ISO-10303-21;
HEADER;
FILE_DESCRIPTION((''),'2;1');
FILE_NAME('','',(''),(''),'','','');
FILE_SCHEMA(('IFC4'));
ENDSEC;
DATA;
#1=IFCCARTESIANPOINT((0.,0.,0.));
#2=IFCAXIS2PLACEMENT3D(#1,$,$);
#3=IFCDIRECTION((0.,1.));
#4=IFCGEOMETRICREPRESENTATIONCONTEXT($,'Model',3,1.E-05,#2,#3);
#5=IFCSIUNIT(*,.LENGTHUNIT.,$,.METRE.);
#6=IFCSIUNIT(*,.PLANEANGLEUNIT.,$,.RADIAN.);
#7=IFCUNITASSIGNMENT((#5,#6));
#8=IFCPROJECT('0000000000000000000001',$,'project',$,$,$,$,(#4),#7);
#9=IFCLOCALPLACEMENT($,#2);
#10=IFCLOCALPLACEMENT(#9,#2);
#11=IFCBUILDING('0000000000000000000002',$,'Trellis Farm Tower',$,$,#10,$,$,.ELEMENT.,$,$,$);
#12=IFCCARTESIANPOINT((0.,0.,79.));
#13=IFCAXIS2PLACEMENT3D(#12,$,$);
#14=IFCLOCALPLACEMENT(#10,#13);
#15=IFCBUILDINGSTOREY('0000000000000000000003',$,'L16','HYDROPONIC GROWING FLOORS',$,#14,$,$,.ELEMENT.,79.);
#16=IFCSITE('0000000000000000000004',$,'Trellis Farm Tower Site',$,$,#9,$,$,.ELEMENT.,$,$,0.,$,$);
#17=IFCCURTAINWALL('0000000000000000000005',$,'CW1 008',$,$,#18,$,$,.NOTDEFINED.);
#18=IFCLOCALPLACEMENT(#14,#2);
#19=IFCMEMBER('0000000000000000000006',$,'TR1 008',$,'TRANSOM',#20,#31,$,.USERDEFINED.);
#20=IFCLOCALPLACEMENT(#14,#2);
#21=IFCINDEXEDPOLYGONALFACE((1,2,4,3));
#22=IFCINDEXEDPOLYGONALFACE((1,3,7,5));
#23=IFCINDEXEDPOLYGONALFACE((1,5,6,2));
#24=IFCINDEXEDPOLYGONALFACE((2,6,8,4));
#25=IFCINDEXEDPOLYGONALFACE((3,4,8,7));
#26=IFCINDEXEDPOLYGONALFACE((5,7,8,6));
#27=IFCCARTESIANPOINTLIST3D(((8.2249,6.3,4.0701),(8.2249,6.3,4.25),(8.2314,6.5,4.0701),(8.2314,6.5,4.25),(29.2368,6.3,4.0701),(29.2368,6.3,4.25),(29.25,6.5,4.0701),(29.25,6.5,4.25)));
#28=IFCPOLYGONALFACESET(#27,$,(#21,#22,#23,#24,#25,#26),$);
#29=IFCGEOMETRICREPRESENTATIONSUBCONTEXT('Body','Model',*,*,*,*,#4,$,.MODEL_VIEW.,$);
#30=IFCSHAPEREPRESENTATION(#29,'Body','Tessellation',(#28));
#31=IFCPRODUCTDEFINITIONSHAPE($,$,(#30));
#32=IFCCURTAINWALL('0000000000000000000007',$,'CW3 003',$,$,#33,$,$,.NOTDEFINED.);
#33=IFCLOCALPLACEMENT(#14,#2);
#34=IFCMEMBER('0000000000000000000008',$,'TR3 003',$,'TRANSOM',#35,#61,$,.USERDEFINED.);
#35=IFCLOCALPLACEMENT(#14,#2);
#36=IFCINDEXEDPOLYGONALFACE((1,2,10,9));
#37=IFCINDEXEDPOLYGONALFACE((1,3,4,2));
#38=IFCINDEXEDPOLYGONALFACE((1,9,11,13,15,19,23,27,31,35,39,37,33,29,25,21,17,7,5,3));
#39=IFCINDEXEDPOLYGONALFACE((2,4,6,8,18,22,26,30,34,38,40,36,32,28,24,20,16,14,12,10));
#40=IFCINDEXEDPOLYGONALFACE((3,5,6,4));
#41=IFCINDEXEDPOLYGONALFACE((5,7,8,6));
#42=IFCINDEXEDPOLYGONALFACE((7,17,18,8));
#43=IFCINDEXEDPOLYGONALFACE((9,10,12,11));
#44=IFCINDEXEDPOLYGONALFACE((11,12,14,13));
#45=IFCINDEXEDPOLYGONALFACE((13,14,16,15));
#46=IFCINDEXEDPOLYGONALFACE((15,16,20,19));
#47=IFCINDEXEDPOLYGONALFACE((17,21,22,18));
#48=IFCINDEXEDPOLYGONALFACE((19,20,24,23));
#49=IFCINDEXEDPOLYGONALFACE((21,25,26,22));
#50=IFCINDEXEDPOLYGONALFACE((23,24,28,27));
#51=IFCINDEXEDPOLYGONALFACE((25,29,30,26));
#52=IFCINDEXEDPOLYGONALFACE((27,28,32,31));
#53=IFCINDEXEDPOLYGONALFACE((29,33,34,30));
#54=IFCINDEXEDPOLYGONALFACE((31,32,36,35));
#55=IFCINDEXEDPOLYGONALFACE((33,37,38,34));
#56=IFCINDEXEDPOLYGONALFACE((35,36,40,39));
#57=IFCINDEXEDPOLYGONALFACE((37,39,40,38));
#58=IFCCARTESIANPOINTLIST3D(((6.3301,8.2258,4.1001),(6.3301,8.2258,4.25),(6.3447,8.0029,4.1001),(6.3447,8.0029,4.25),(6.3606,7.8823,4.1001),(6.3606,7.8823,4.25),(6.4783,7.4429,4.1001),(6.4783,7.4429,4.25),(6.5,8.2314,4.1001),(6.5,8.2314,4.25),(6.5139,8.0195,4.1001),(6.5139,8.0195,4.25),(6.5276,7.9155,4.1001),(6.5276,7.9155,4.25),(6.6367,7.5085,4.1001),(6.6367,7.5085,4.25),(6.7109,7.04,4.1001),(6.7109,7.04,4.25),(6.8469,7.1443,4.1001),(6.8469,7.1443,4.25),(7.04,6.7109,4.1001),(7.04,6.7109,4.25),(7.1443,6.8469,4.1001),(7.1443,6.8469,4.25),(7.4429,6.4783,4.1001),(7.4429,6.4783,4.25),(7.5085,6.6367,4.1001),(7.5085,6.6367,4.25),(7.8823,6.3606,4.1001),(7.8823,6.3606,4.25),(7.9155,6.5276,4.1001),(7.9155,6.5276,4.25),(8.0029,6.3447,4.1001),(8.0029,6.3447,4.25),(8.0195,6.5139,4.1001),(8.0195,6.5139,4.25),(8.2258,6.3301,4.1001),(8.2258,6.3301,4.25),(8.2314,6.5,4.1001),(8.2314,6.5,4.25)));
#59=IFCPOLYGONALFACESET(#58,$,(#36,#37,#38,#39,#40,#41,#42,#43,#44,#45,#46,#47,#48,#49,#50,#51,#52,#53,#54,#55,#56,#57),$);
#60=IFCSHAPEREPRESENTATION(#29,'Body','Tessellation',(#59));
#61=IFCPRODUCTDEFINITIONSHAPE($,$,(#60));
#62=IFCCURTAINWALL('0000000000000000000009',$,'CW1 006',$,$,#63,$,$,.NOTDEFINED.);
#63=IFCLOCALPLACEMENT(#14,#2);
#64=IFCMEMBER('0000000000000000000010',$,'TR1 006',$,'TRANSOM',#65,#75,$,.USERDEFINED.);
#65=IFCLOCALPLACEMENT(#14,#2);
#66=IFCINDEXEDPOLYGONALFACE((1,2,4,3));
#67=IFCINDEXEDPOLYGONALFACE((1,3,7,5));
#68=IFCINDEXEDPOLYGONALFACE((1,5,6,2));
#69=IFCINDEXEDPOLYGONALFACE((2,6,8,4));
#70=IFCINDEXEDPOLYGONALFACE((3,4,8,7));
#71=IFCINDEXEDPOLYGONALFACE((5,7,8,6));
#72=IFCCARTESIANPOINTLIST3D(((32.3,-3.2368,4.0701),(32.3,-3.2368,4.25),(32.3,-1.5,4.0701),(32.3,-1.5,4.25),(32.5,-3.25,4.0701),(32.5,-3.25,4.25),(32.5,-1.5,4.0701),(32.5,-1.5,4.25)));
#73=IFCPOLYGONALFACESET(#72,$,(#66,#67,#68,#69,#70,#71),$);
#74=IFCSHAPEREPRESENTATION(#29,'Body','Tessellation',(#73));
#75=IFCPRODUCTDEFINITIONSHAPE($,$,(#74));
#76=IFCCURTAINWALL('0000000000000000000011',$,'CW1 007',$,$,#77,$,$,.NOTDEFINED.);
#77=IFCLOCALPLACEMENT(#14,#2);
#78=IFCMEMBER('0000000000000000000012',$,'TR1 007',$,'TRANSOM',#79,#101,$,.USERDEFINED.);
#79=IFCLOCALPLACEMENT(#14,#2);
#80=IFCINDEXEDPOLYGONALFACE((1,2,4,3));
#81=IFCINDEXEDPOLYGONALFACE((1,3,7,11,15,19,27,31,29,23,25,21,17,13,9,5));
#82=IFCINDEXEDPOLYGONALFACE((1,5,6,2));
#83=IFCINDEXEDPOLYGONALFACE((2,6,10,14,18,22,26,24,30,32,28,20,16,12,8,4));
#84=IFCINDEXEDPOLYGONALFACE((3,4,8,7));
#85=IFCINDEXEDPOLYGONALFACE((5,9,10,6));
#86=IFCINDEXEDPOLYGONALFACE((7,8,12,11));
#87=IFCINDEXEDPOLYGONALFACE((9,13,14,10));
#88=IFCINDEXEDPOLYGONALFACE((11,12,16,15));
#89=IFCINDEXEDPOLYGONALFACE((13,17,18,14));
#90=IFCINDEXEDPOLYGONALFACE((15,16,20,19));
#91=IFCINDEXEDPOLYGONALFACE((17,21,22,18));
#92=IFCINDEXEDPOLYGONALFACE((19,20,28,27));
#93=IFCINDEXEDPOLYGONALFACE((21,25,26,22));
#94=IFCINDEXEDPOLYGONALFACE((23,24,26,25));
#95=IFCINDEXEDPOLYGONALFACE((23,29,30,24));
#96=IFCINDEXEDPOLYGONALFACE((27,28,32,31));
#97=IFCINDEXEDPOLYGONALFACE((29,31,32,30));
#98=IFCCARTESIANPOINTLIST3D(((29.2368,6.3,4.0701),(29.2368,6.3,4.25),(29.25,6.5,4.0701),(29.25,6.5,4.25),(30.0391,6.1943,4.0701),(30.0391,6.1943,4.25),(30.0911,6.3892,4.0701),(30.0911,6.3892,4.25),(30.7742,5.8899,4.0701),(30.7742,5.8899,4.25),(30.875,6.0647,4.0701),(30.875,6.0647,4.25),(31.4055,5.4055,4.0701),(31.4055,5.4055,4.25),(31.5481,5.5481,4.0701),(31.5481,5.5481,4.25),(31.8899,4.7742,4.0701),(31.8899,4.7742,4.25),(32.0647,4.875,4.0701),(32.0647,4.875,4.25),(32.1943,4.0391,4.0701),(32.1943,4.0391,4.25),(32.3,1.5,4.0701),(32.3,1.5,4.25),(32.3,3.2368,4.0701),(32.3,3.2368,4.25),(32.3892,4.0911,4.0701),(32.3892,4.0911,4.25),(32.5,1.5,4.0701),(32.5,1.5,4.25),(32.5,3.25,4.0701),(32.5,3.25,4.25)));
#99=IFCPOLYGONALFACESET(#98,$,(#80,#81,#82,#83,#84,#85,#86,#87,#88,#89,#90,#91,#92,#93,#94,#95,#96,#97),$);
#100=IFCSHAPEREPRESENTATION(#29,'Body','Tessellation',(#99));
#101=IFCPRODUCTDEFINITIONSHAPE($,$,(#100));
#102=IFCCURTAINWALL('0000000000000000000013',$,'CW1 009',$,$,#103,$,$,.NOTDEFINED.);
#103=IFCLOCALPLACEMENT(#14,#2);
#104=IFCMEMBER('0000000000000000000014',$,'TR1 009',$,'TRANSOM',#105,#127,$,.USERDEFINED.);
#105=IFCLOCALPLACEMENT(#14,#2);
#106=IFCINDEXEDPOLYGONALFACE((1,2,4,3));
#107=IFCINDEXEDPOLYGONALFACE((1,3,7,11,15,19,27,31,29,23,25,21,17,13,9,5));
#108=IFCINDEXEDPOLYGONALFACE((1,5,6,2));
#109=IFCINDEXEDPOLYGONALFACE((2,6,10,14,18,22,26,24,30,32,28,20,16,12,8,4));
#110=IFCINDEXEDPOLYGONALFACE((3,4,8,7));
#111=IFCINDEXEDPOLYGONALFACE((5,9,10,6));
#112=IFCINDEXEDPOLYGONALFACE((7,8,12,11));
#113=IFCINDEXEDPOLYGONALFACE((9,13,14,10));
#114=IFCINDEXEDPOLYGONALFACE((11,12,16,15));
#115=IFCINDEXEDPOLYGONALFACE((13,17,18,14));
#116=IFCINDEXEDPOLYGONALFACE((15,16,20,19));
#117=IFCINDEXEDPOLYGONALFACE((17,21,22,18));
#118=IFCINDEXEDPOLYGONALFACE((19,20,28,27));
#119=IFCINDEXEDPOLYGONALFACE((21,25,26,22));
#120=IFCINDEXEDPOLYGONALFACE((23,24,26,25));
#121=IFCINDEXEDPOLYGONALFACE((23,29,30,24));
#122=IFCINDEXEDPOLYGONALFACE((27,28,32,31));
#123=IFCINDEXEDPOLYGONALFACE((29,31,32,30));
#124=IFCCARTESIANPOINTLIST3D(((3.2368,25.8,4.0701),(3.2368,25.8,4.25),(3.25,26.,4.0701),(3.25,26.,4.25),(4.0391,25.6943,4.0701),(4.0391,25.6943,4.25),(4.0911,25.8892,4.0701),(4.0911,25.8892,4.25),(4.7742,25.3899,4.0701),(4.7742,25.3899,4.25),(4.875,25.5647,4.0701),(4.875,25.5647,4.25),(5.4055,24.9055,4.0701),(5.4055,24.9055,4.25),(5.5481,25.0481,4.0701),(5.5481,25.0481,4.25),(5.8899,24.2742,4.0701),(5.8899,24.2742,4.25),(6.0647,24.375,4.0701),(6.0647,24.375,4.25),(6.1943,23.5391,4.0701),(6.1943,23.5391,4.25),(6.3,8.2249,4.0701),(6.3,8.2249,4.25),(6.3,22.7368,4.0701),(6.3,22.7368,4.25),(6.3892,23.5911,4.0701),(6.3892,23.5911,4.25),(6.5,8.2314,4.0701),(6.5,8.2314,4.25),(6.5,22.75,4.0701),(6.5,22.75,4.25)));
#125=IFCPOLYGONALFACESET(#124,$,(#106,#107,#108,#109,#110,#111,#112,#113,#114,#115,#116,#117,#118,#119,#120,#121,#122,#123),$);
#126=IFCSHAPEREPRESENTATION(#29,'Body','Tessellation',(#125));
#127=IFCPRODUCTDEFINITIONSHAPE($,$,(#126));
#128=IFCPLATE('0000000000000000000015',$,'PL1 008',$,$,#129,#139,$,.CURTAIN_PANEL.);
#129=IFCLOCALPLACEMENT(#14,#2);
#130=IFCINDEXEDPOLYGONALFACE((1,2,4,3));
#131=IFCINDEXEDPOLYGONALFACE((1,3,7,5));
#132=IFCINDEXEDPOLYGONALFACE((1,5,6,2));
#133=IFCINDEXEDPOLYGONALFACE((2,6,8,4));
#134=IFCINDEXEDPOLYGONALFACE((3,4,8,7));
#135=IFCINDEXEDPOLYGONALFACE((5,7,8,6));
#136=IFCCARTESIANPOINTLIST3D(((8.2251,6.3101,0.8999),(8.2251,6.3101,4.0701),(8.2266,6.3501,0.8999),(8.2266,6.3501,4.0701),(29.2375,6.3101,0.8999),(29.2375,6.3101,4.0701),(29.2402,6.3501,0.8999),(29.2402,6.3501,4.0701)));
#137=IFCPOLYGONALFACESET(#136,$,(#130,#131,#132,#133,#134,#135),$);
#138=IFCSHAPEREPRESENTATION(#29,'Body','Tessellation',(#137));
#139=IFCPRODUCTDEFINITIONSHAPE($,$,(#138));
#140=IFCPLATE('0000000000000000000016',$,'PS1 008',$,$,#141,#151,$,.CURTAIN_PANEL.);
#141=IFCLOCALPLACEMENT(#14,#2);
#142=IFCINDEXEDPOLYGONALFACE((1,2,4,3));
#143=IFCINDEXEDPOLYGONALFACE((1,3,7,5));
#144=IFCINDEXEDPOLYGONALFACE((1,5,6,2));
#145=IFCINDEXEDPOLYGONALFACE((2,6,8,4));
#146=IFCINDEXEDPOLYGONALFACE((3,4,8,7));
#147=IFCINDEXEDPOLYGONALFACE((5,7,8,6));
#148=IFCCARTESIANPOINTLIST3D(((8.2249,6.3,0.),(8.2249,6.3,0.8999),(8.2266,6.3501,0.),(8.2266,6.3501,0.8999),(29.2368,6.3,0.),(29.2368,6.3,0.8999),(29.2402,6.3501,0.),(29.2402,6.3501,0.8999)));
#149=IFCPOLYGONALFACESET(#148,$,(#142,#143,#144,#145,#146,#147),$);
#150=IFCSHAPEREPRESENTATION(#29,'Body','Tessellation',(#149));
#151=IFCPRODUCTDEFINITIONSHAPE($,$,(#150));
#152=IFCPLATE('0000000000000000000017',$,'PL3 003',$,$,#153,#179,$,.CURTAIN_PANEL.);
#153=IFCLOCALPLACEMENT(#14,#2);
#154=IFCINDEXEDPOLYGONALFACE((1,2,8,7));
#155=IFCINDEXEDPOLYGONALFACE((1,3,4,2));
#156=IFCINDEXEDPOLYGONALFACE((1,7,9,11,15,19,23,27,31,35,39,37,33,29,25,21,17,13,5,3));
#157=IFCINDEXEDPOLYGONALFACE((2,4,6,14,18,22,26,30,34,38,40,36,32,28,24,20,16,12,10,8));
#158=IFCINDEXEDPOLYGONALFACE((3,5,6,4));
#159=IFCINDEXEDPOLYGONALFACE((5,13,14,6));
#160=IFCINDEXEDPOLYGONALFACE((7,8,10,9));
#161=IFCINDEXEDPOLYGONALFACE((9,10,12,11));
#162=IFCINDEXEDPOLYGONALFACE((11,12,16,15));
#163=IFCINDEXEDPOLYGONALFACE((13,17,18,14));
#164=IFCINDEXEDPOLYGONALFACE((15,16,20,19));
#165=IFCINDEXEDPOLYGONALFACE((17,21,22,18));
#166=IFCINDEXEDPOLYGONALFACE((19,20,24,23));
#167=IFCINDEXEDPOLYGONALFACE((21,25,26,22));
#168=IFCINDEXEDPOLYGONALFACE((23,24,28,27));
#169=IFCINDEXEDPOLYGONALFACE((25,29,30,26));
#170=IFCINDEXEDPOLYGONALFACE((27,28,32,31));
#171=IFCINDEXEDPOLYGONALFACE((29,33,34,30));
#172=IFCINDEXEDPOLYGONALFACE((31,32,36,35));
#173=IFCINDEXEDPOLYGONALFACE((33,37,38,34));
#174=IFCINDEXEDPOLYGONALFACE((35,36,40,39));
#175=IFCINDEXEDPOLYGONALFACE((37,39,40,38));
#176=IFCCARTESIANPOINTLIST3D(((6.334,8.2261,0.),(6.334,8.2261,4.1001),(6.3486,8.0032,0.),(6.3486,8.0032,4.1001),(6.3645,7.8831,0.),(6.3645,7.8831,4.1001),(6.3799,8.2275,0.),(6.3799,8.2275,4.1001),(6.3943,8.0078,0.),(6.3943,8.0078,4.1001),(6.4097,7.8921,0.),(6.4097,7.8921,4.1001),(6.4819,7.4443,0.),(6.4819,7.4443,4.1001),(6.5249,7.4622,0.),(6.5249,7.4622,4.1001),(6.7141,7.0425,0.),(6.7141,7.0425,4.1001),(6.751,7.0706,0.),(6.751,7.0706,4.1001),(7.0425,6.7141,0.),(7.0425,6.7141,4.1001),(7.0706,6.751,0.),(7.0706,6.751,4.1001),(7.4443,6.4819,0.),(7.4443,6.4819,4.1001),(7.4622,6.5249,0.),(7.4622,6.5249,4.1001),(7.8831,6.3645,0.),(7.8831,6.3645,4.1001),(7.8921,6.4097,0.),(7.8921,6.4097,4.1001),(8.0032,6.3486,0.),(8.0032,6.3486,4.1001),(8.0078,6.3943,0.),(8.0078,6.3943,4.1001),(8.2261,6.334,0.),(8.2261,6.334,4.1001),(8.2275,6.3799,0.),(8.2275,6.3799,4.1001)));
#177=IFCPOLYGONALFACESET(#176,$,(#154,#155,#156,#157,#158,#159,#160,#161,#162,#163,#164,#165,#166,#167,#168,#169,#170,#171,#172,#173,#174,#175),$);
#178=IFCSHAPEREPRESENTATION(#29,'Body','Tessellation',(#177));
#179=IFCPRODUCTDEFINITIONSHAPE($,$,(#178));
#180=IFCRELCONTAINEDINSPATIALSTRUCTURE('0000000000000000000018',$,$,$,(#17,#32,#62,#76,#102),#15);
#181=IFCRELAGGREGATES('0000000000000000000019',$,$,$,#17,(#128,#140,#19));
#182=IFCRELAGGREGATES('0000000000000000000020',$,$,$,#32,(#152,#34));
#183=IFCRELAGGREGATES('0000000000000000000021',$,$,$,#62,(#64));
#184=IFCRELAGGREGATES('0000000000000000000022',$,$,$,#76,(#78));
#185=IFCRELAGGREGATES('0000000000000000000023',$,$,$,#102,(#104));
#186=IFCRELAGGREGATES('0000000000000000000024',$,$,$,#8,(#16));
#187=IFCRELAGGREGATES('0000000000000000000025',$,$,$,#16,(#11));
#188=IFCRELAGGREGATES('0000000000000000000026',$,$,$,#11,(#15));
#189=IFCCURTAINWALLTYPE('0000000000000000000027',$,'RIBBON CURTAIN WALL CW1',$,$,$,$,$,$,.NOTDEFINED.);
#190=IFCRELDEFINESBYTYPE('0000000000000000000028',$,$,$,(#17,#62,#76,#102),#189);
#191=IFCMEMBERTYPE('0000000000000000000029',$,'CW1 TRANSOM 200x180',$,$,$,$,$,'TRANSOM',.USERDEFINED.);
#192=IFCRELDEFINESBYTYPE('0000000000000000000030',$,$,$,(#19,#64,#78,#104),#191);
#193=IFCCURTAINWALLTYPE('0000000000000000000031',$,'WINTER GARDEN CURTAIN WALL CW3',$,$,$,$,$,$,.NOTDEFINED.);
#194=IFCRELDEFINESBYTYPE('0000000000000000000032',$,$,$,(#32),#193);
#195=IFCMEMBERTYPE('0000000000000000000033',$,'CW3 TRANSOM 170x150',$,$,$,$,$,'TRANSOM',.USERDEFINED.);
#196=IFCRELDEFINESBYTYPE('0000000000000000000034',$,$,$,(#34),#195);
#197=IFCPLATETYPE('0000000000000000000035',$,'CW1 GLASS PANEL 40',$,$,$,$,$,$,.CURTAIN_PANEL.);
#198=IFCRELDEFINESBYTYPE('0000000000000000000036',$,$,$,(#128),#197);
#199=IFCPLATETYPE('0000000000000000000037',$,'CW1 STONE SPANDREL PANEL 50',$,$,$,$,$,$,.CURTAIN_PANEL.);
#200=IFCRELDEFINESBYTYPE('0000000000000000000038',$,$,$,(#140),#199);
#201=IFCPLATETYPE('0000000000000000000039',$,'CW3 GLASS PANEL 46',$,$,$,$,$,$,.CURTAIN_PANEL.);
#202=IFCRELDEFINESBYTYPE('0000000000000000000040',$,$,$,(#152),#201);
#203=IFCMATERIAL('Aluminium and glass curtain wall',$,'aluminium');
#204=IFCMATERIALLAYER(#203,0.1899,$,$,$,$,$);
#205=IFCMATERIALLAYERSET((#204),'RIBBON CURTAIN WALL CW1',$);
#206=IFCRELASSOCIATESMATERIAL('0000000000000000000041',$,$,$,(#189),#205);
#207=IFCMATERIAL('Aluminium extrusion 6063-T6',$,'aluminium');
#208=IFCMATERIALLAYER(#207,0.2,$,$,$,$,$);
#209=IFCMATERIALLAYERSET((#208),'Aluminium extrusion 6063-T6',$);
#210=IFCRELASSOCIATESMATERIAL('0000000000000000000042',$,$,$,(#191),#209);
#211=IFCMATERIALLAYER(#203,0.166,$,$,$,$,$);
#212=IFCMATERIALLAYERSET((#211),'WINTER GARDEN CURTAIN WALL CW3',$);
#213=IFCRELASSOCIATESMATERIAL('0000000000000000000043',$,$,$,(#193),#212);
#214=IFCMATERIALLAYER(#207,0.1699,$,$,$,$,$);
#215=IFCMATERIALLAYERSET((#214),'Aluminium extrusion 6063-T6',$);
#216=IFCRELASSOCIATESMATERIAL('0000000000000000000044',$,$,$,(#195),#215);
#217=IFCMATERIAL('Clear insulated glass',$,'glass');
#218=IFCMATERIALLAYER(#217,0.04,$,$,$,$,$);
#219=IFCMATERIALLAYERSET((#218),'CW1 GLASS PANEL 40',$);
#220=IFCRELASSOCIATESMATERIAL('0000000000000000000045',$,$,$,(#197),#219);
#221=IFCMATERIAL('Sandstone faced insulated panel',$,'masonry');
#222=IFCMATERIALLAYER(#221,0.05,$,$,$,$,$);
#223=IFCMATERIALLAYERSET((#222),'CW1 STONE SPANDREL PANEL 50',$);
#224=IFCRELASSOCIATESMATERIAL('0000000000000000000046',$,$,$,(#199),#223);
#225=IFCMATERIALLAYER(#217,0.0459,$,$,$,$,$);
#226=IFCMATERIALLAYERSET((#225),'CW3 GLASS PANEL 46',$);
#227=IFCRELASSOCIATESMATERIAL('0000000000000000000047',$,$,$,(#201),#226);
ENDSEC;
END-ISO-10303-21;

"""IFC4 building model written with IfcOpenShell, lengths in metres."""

from ifc_helpers import new_model, si_unit, direction, frame, origin, place, context, subcontext, project, spatial, polyline, outline, extrude, source, transform, mapped, material, layer, layer_set, type_object, element, aggregate, save


model = new_model("IFC4")

# Units and contexts
model_context = context("Model", 3, precision=1e-05, world=origin(), true_north=direction((0.0, 1.0)))
body_context = subcontext(model_context, "Body", "Model", "MODEL_VIEW")
ifc_project = project(units=[si_unit("LENGTHUNIT", "METRE"), si_unit("PLANEANGLEUNIT", "RADIAN")], contexts=[model_context])

# Site, building, storey
site_placement = place(None, origin())
site = spatial("IfcSite", under=ifc_project, at=site_placement, Name="Trellis Farm Tower Site", CompositionType="ELEMENT", RefElevation=0.0)
building_placement = place(site_placement, origin())
building = spatial("IfcBuilding", under=site, at=building_placement, Name="Trellis Farm Tower", CompositionType="ELEMENT")
storey_placement = place(building_placement, frame((0.0, 0.0, 79.0)))
storey = spatial("IfcBuildingStorey", under=building, at=storey_placement, Name="L16", Description="HYDROPONIC GROWING FLOORS", CompositionType="ELEMENT", Elevation=79.0)

# Curtain walls, members
ifc_material_1 = material(Name="Aluminium and glass curtain wall", Category="aluminium")
ifc_layer_1 = layer(ifc_material_1, 0.1899)
ifc_layer_set_1 = layer_set([ifc_layer_1], Name="RIBBON CURTAIN WALL CW1")
curtain_wall_type_1 = type_object("IfcCurtainWallType", Name="RIBBON CURTAIN WALL CW1", PredefinedType="NOTDEFINED", material=ifc_layer_set_1)
placement_1 = place(storey_placement, origin())
curtain_wall_1 = element("IfcCurtainWall", 1, at=placement_1, inside=storey, type_object=curtain_wall_type_1, Name="CW1 008", PredefinedType="NOTDEFINED")
ifc_material_2 = material(Name="Aluminium extrusion 6063-T6", Category="aluminium")
ifc_layer_2 = layer(ifc_material_2, 0.2)
ifc_layer_set_2 = layer_set([ifc_layer_2], Name="Aluminium extrusion 6063-T6")
member_type_1 = type_object("IfcMemberType", Name="CW1 TRANSOM 200x180", ElementType="TRANSOM", PredefinedType="USERDEFINED", material=ifc_layer_set_2)
shared_shape_1 = source(origin(), body_context, "Body", "SweptSolid", [
    extrude(outline(polyline([(29.25, 6.5), (8.2314, 6.5), (8.2249, 6.3), (29.2368, 6.3), (29.25, 6.5)])), origin(), (0.0, 0.0, 1.0), 0.1799),
])
placement_2 = place(storey_placement, frame((0.0, 0.0, 4.0701)))
member_1 = element("IfcMember", 2, at=placement_2, type_object=member_type_1, Name="TR1 008", ObjectType="TRANSOM", PredefinedType="USERDEFINED", context=body_context, shape_type="MappedRepresentation", body=[
    mapped(shared_shape_1, transform((0.0, 0.0, 0.0))),
])
ifc_layer_3 = layer(ifc_material_1, 0.166)
ifc_layer_set_3 = layer_set([ifc_layer_3], Name="WINTER GARDEN CURTAIN WALL CW3")
curtain_wall_type_2 = type_object("IfcCurtainWallType", Name="WINTER GARDEN CURTAIN WALL CW3", PredefinedType="NOTDEFINED", material=ifc_layer_set_3)
curtain_wall_2 = element("IfcCurtainWall", 3, at=placement_1, inside=storey, type_object=curtain_wall_type_2, Name="CW3 003", PredefinedType="NOTDEFINED")
ifc_layer_4 = layer(ifc_material_2, 0.1699)
ifc_layer_set_4 = layer_set([ifc_layer_4], Name="Aluminium extrusion 6063-T6")
member_type_2 = type_object("IfcMemberType", Name="CW3 TRANSOM 170x150", ElementType="TRANSOM", PredefinedType="USERDEFINED", material=ifc_layer_set_4)
shared_shape_2 = source(origin(), body_context, "Body", "SweptSolid", [
    extrude(outline(polyline([(8.2314, 6.5), (8.0195, 6.5139), (7.9155, 6.5276), (7.5085, 6.6367), (7.1443, 6.8469), (6.8469, 7.1443), (6.6367, 7.5085), (6.5276, 7.9155), (6.5139, 8.0195), (6.5, 8.2314), (6.3301, 8.2258), (6.3447, 8.0029), (6.3606, 7.8823), (6.4783, 7.4429), (6.7109, 7.04), (7.04, 6.7109), (7.4429, 6.4783), (7.8823, 6.3606), (8.0029, 6.3447), (8.2258, 6.3301), (8.2314, 6.5)])), origin(), (0.0, 0.0, 1.0), 0.1499),
])
member_2_placement = place(storey_placement, frame((0.0, 0.0, 4.1001)))
member_2 = element("IfcMember", 4, at=member_2_placement, type_object=member_type_2, Name="TR3 003", ObjectType="TRANSOM", PredefinedType="USERDEFINED", context=body_context, shape_type="MappedRepresentation", body=[
    mapped(shared_shape_2, transform((0.0, 0.0, 0.0))),
])
curtain_wall_3 = element("IfcCurtainWall", 5, at=placement_1, inside=storey, type_object=curtain_wall_type_1, Name="CW1 006", PredefinedType="NOTDEFINED")
shared_shape_3 = source(origin(), body_context, "Body", "SweptSolid", [
    extrude(outline(polyline([(32.5, -3.25), (32.5, -1.5), (32.3, -1.5), (32.3, -3.2368), (32.5, -3.25)])), origin(), (0.0, 0.0, 1.0), 0.1799),
])
member_3 = element("IfcMember", 6, at=placement_2, type_object=member_type_1, Name="TR1 006", ObjectType="TRANSOM", PredefinedType="USERDEFINED", context=body_context, shape_type="MappedRepresentation", body=[
    mapped(shared_shape_3, transform((0.0, 0.0, 0.0))),
])
curtain_wall_4 = element("IfcCurtainWall", 7, at=placement_1, inside=storey, type_object=curtain_wall_type_1, Name="CW1 007", PredefinedType="NOTDEFINED")
shared_shape_4 = source(origin(), body_context, "Body", "SweptSolid", [
    extrude(outline(polyline([(32.5, 1.5), (32.5, 3.25), (32.3892, 4.0911), (32.0647, 4.875), (31.5481, 5.5481), (30.875, 6.0647), (30.0911, 6.3892), (29.25, 6.5), (29.2368, 6.3), (30.0391, 6.1943), (30.7742, 5.8899), (31.4055, 5.4055), (31.8899, 4.7742), (32.1943, 4.0391), (32.3, 3.2368), (32.3, 1.5), (32.5, 1.5)])), origin(), (0.0, 0.0, 1.0), 0.1799),
])
member_4 = element("IfcMember", 8, at=placement_2, type_object=member_type_1, Name="TR1 007", ObjectType="TRANSOM", PredefinedType="USERDEFINED", context=body_context, shape_type="MappedRepresentation", body=[
    mapped(shared_shape_4, transform((0.0, 0.0, 0.0))),
])
curtain_wall_5 = element("IfcCurtainWall", 9, at=placement_1, inside=storey, type_object=curtain_wall_type_1, Name="CW1 009", PredefinedType="NOTDEFINED")
shared_shape_5 = source(origin(), body_context, "Body", "SweptSolid", [
    extrude(outline(polyline([(6.5, 8.2314), (6.5, 22.75), (6.3892, 23.5911), (6.0647, 24.375), (5.5481, 25.0481), (4.875, 25.5647), (4.0911, 25.8892), (3.25, 26.0), (3.2368, 25.8), (4.0391, 25.6943), (4.7742, 25.3899), (5.4055, 24.9055), (5.8899, 24.2742), (6.1943, 23.5391), (6.3, 22.7368), (6.3, 8.2249), (6.5, 8.2314)])), origin(), (0.0, 0.0, 1.0), 0.1799),
])
member_5 = element("IfcMember", 10, at=placement_2, type_object=member_type_1, Name="TR1 009", ObjectType="TRANSOM", PredefinedType="USERDEFINED", context=body_context, shape_type="MappedRepresentation", body=[
    mapped(shared_shape_5, transform((0.0, 0.0, 0.0))),
])

# Plates
ifc_material_3 = material(Name="Clear insulated glass", Category="glass")
ifc_layer_5 = layer(ifc_material_3, 0.04)
ifc_layer_set_5 = layer_set([ifc_layer_5], Name="CW1 GLASS PANEL 40")
plate_type_1 = type_object("IfcPlateType", Name="CW1 GLASS PANEL 40", PredefinedType="CURTAIN_PANEL", material=ifc_layer_set_5)
shared_shape_6 = source(origin(), body_context, "Body", "SweptSolid", [
    extrude(outline(polyline([(29.2402, 6.3501), (8.2266, 6.3501), (8.2251, 6.3101), (29.2375, 6.3101), (29.2402, 6.3501)])), origin(), (0.0, 0.0, 1.0), 3.1702),
])
placement_3 = place(storey_placement, frame((0.0, 0.0, 0.8999)))
plate_1 = element("IfcPlate", 11, at=placement_3, type_object=plate_type_1, Name="PL1 008", PredefinedType="CURTAIN_PANEL", context=body_context, shape_type="MappedRepresentation", body=[
    mapped(shared_shape_6, transform((0.0, 0.0, 0.0))),
])
ifc_material_4 = material(Name="Sandstone faced insulated panel", Category="masonry")
ifc_layer_6 = layer(ifc_material_4, 0.05)
ifc_layer_set_6 = layer_set([ifc_layer_6], Name="CW1 STONE SPANDREL PANEL 50")
plate_type_2 = type_object("IfcPlateType", Name="CW1 STONE SPANDREL PANEL 50", PredefinedType="CURTAIN_PANEL", material=ifc_layer_set_6)
shared_shape_7 = source(origin(), body_context, "Body", "SweptSolid", [
    extrude(outline(polyline([(29.2402, 6.3501), (8.2266, 6.3501), (8.2249, 6.3), (29.2368, 6.3), (29.2402, 6.3501)])), origin(), (0.0, 0.0, 1.0), 0.8999),
])
plate_2 = element("IfcPlate", 12, at=placement_1, type_object=plate_type_2, Name="PS1 008", PredefinedType="CURTAIN_PANEL", context=body_context, shape_type="MappedRepresentation", body=[
    mapped(shared_shape_7, transform((0.0, 0.0, 0.0))),
])
aggregate(curtain_wall_1, [plate_1, plate_2, member_1])
ifc_layer_7 = layer(ifc_material_3, 0.0459)
ifc_layer_set_7 = layer_set([ifc_layer_7], Name="CW3 GLASS PANEL 46")
plate_type_3 = type_object("IfcPlateType", Name="CW3 GLASS PANEL 46", PredefinedType="CURTAIN_PANEL", material=ifc_layer_set_7)
shared_shape_8 = source(origin(), body_context, "Body", "SweptSolid", [
    extrude(outline(polyline([(8.2275, 6.3799), (8.0078, 6.3943), (7.8921, 6.4097), (7.4622, 6.5249), (7.0706, 6.751), (6.751, 7.0706), (6.5249, 7.4622), (6.4097, 7.8921), (6.3943, 8.0078), (6.3799, 8.2275), (6.334, 8.2261), (6.3486, 8.0032), (6.3645, 7.8831), (6.4819, 7.4443), (6.7141, 7.0425), (7.0425, 6.7141), (7.4443, 6.4819), (7.8831, 6.3645), (8.0032, 6.3486), (8.2261, 6.334), (8.2275, 6.3799)])), origin(), (0.0, 0.0, 1.0), 4.1001),
])
plate_3 = element("IfcPlate", 13, at=placement_1, type_object=plate_type_3, Name="PL3 003", PredefinedType="CURTAIN_PANEL", context=body_context, shape_type="MappedRepresentation", body=[
    mapped(shared_shape_8, transform((0.0, 0.0, 0.0))),
])
aggregate(curtain_wall_2, [plate_3, member_2])
aggregate(curtain_wall_3, [member_3])
aggregate(curtain_wall_4, [member_4])
aggregate(curtain_wall_5, [member_5])

save(model, "model.ifc")
